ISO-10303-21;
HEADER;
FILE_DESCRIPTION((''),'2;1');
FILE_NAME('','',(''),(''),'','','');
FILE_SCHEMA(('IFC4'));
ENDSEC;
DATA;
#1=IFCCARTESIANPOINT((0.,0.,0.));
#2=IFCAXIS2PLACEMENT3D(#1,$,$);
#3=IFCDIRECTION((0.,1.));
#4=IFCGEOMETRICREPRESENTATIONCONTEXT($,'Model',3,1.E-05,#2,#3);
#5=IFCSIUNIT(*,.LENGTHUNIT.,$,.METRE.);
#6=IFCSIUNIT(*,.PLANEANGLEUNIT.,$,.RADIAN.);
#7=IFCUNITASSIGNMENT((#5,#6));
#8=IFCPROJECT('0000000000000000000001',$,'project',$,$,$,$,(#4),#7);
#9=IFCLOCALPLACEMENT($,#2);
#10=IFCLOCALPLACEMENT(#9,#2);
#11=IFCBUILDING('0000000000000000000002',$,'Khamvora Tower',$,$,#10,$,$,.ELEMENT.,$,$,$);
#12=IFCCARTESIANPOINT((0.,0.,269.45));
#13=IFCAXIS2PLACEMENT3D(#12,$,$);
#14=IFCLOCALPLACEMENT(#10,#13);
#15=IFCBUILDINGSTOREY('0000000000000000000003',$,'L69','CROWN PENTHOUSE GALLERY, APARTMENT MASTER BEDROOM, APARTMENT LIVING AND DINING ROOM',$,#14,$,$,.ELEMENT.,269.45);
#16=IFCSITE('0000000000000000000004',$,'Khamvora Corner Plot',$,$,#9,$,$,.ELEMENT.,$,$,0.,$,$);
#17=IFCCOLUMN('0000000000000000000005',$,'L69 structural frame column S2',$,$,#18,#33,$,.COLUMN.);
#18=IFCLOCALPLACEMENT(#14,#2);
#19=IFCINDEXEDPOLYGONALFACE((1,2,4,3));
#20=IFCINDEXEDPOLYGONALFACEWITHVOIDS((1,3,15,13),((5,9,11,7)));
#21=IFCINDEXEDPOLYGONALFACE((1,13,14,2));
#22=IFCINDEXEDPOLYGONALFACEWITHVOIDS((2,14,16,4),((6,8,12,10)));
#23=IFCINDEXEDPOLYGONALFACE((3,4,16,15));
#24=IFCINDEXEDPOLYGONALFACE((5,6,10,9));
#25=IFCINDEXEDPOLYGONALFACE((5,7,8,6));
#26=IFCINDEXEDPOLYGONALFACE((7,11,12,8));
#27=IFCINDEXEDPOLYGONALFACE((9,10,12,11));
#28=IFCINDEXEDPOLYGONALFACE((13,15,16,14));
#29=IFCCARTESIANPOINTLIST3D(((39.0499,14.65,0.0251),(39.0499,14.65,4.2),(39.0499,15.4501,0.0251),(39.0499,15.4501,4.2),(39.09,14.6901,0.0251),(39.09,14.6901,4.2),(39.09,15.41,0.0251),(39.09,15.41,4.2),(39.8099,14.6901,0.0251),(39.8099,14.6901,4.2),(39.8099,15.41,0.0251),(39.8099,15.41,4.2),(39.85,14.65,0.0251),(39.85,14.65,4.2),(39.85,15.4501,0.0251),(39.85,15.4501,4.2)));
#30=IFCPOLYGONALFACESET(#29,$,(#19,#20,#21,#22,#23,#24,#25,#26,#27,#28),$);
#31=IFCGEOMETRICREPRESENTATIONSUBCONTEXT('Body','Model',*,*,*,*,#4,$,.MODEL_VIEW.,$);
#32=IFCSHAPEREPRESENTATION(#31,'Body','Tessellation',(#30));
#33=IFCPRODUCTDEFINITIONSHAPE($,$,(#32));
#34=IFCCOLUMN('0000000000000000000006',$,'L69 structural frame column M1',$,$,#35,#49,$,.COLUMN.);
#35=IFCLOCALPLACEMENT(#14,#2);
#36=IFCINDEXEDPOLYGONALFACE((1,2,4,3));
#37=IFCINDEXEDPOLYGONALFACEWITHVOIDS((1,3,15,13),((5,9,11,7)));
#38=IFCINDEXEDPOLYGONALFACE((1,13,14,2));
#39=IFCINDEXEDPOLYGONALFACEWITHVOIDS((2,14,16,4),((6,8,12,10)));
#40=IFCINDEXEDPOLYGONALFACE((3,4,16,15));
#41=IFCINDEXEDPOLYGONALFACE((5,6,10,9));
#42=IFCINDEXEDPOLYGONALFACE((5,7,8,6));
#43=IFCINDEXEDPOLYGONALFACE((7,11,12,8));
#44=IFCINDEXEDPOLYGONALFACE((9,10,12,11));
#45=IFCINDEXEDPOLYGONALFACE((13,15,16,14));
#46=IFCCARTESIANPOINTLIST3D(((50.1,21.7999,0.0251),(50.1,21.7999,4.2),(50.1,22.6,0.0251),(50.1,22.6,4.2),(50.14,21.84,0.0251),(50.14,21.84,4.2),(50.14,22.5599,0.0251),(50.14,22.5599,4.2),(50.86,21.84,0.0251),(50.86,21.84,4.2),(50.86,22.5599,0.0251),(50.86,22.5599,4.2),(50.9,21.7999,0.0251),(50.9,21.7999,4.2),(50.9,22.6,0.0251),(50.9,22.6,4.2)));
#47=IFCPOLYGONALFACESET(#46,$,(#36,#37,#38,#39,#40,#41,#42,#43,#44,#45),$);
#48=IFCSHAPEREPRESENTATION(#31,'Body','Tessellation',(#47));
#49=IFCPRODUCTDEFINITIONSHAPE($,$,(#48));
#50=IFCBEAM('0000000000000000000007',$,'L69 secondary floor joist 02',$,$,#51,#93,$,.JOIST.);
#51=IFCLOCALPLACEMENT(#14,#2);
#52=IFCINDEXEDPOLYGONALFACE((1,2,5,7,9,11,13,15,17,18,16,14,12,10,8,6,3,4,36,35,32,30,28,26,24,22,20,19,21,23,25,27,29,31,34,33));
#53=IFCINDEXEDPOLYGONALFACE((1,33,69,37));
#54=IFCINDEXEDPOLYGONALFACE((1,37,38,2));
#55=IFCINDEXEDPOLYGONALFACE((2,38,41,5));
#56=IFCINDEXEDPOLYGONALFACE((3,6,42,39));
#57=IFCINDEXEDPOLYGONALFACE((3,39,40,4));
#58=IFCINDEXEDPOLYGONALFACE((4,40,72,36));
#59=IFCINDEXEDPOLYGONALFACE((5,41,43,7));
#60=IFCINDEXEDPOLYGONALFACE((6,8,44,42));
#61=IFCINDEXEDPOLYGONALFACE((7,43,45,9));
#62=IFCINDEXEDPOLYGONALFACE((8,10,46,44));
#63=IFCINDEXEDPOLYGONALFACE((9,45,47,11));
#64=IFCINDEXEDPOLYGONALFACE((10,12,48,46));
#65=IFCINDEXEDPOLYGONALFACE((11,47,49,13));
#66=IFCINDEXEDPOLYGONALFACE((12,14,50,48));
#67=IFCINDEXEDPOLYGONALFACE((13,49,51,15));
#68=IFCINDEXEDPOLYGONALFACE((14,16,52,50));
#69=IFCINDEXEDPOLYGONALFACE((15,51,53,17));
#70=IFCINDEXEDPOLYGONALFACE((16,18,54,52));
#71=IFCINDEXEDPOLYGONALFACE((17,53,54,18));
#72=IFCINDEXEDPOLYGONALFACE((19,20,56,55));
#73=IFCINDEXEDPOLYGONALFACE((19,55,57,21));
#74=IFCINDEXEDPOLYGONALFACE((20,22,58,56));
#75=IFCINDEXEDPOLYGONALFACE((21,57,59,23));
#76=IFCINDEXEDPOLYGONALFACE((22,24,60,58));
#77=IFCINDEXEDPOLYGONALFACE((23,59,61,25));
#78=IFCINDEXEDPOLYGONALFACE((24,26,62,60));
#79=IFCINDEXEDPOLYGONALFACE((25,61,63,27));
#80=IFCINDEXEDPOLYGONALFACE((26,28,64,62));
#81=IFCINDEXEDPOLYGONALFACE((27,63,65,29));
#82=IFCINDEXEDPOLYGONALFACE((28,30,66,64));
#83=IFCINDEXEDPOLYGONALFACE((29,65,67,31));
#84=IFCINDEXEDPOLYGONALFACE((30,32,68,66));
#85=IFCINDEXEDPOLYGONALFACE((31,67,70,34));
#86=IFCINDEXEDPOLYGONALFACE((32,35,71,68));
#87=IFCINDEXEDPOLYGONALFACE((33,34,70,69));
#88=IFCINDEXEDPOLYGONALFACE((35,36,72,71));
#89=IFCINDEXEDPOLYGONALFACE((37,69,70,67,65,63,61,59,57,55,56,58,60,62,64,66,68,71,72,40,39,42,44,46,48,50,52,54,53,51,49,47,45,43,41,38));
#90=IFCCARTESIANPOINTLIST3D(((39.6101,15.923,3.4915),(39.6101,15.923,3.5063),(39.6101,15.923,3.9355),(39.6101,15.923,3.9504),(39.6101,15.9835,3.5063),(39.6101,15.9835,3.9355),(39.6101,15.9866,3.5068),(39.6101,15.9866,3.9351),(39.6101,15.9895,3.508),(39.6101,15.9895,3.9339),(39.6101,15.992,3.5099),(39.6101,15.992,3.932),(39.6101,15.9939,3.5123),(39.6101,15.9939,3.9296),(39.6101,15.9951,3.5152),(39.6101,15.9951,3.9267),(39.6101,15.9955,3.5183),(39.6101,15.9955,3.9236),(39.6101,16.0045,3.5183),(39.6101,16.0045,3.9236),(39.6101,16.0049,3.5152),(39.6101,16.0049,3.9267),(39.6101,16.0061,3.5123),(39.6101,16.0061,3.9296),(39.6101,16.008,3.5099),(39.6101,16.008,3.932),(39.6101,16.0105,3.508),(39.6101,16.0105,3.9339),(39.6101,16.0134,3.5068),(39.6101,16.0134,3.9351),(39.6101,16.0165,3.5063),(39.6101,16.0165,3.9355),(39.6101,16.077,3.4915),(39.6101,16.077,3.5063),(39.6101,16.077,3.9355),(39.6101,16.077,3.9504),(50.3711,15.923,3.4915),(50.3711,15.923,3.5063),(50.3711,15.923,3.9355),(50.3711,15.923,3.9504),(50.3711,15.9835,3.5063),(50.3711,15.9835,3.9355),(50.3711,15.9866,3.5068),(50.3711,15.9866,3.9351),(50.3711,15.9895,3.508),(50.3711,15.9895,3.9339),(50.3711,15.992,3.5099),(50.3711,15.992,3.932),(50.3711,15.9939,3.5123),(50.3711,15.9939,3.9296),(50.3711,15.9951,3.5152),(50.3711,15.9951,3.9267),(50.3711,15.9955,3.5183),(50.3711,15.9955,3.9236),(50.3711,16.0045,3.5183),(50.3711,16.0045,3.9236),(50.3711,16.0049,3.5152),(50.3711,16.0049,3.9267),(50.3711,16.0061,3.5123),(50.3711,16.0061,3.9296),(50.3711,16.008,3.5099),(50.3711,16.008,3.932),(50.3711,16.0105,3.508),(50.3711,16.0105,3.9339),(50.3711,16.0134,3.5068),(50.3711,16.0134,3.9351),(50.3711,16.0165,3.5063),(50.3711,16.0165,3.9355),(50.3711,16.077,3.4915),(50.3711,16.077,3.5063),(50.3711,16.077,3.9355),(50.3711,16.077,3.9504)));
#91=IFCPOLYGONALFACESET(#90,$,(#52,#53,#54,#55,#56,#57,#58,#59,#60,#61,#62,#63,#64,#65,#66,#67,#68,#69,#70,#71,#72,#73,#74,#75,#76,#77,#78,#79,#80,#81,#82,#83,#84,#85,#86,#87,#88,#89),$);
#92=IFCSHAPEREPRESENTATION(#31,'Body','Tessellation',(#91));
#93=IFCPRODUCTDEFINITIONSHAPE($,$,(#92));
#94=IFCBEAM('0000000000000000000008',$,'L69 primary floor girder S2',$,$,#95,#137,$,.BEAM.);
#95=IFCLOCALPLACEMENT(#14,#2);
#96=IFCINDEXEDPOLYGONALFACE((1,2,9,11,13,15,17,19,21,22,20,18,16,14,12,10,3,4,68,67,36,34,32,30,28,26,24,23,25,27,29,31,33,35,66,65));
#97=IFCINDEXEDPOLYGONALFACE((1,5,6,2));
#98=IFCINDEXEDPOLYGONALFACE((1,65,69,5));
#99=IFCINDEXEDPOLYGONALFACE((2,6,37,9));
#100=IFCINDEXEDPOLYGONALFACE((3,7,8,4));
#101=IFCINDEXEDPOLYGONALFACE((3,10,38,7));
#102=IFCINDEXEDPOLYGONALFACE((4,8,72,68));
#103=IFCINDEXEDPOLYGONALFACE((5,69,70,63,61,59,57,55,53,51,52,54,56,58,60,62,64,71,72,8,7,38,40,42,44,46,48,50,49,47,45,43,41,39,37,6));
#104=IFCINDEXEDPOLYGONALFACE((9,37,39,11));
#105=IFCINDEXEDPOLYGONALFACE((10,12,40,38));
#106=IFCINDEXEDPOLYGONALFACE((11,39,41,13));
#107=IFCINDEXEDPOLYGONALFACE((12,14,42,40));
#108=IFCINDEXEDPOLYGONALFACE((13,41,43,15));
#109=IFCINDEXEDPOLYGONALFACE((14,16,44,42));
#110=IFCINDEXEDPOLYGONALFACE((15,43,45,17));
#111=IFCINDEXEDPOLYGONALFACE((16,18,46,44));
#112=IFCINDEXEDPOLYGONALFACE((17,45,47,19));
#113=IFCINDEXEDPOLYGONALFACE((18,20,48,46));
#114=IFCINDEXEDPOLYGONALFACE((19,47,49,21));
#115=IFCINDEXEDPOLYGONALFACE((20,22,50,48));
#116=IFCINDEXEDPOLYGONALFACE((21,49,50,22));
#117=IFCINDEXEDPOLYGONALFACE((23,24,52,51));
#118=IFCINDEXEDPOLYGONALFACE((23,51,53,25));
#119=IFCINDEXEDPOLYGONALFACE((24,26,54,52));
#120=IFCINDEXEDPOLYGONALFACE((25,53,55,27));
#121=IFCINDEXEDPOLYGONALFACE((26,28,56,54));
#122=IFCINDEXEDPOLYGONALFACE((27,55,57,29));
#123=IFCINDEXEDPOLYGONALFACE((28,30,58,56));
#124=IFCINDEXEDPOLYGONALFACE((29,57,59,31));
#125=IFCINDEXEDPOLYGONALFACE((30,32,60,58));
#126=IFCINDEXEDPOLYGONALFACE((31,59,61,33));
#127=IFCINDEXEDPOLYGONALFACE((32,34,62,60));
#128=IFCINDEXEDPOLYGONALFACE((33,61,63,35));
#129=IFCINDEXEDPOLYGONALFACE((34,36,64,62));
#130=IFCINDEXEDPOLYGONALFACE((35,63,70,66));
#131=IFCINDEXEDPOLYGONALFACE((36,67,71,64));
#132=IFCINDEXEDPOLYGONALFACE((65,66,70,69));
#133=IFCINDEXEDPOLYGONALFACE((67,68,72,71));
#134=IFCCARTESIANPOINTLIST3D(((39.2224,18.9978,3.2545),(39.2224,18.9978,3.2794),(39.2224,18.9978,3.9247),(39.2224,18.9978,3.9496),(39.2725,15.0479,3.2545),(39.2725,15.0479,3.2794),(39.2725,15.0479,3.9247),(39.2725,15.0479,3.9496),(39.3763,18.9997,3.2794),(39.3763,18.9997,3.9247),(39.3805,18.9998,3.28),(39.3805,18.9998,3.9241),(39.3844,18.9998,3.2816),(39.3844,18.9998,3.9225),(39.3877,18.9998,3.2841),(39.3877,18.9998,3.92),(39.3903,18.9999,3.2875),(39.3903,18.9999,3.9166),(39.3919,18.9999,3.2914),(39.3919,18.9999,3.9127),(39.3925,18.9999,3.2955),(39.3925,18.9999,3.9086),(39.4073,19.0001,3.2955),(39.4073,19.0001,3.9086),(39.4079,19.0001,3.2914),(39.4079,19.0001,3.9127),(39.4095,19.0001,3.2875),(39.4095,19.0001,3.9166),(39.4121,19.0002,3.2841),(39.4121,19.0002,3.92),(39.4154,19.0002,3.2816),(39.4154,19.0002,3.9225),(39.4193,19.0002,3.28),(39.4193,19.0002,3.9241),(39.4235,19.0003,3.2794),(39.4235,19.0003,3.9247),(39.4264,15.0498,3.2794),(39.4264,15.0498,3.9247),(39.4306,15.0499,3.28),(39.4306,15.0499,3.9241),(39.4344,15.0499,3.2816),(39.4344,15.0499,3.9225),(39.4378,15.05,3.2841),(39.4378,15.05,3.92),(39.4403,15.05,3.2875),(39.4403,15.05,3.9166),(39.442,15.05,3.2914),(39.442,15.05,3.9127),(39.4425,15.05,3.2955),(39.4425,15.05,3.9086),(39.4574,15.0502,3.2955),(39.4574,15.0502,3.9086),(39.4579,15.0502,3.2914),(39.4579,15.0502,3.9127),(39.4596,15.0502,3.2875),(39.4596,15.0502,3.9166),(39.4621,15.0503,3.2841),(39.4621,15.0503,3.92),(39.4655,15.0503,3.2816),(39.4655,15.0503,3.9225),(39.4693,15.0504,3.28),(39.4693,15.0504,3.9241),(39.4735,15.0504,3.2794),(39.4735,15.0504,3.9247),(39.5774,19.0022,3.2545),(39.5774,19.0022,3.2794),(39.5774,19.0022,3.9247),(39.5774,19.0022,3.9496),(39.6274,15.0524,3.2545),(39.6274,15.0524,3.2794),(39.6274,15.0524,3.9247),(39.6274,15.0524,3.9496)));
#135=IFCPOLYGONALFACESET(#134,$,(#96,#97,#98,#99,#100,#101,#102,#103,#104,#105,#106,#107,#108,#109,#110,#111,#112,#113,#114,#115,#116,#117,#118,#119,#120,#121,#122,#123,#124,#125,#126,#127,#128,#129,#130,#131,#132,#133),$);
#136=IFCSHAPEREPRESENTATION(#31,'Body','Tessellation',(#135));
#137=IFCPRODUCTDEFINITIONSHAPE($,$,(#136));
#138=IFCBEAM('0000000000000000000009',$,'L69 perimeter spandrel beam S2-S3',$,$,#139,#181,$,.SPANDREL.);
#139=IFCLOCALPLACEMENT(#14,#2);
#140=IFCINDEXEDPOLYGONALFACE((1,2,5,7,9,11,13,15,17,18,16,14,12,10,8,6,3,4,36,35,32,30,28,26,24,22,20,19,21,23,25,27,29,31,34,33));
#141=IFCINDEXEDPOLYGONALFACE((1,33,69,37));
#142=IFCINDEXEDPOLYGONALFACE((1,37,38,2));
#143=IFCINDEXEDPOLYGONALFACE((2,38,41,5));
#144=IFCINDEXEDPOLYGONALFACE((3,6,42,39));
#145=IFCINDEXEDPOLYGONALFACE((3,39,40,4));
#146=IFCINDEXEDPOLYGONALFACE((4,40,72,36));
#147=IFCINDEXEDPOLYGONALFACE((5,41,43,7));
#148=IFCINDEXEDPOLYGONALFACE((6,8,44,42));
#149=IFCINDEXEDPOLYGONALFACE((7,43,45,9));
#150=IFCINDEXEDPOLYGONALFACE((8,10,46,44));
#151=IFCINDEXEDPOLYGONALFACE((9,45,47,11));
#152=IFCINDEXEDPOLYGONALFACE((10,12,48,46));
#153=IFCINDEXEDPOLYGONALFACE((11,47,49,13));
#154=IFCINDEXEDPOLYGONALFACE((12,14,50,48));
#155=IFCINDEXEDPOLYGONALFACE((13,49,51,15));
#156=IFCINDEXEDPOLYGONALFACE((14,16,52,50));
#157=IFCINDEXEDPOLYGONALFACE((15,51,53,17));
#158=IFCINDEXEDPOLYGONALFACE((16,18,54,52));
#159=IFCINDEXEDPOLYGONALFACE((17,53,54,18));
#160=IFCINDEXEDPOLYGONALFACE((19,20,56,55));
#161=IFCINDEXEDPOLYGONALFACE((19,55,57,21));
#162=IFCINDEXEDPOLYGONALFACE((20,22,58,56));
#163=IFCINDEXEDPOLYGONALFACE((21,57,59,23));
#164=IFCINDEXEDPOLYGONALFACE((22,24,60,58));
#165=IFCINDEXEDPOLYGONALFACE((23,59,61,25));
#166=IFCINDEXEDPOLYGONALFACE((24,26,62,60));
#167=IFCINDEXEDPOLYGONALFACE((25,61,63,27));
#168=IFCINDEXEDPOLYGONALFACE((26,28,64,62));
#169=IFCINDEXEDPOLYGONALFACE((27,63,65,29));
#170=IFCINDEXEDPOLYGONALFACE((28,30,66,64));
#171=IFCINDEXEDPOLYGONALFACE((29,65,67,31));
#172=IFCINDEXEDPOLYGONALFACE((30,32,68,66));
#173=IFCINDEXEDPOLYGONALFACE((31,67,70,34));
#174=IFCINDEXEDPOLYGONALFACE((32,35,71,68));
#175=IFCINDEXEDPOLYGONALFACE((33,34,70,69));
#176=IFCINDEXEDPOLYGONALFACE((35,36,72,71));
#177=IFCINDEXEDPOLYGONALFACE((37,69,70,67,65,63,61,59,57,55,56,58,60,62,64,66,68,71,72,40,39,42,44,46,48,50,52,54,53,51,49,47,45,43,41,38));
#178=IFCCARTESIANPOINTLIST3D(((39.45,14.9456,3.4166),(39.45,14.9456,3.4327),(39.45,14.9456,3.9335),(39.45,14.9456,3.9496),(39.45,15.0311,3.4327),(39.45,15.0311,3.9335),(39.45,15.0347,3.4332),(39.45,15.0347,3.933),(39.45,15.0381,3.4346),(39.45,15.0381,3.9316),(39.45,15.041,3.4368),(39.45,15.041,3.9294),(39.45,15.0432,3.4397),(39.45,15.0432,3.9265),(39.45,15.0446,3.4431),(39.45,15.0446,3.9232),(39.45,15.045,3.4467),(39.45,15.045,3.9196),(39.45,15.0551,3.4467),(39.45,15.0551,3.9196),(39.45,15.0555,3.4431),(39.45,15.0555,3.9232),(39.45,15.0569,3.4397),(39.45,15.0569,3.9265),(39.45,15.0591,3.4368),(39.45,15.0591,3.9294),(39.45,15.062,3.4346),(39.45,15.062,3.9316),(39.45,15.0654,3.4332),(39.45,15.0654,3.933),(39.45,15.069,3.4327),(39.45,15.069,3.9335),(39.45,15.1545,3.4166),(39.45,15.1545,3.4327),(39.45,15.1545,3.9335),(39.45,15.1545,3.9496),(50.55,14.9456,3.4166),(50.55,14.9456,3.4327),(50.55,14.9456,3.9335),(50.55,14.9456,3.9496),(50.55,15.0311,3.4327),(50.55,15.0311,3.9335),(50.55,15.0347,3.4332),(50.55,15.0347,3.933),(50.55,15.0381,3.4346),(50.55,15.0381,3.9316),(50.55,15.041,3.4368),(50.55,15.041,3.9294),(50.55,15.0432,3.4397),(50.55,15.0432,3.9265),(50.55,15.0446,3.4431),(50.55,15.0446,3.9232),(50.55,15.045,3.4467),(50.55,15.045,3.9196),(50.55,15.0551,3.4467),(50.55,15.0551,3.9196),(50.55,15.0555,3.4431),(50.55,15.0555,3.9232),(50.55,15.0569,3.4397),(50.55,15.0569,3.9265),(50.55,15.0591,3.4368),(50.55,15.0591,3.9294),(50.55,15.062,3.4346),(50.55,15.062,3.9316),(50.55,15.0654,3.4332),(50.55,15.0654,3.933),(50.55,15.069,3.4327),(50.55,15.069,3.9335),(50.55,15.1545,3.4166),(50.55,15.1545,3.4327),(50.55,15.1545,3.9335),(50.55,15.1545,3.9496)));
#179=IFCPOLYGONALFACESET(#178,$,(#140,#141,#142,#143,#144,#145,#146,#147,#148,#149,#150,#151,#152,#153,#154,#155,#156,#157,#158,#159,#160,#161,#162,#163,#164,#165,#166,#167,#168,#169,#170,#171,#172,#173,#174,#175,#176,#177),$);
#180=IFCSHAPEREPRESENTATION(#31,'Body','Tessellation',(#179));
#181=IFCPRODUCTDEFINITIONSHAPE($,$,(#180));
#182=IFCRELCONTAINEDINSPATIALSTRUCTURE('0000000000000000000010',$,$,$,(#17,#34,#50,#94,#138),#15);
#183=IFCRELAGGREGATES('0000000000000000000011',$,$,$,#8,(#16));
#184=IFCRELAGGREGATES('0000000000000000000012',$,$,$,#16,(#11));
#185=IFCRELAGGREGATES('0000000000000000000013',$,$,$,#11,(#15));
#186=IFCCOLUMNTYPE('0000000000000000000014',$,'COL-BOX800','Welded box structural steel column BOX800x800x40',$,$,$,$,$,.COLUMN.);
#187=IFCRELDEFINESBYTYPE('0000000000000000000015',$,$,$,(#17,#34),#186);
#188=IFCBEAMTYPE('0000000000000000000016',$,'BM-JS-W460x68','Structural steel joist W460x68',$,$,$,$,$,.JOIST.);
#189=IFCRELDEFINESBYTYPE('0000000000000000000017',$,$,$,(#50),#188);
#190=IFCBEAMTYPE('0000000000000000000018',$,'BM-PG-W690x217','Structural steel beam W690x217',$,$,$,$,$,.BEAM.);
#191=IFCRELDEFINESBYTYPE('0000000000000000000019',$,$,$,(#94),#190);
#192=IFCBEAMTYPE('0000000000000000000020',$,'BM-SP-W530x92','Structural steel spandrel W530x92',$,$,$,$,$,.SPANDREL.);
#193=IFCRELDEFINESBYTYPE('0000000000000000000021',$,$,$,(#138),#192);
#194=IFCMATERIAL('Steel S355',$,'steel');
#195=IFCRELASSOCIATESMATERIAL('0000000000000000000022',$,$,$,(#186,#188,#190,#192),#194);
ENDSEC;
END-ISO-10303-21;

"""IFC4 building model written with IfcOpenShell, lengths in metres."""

from ifc_helpers import new_model, si_unit, direction, frame, origin, origin_2d, place, context, subcontext, project, spatial, hollow_rectangle, i_section, extrude, material, material_profile, profile_set, type_object, element, save


model = new_model("IFC4")

# Units and contexts
model_context = context("Model", 3, precision=1e-05, world=origin(), true_north=direction((0.0, 1.0)))
body_context = subcontext(model_context, "Body", "Model", "MODEL_VIEW")
ifc_project = project(units=[si_unit("LENGTHUNIT", "METRE"), si_unit("PLANEANGLEUNIT", "RADIAN")], contexts=[model_context])

# Site, building, storey
site_placement = place(None, origin())
site = spatial("IfcSite", under=ifc_project, at=site_placement, Name="Khamvora Corner Plot", CompositionType="ELEMENT", RefElevation=0.0)
building_placement = place(site_placement, origin())
building = spatial("IfcBuilding", under=site, at=building_placement, Name="Khamvora Tower", CompositionType="ELEMENT")
storey_placement = place(building_placement, frame((0.0, 0.0, 269.45)))
storey = spatial("IfcBuildingStorey", under=building, at=storey_placement, Name="L69", Description="CROWN PENTHOUSE GALLERY, APARTMENT MASTER BEDROOM, APARTMENT LIVING AND DINING ROOM", CompositionType="ELEMENT", Elevation=269.45)

# Columns
ifc_material_1 = material(Name="Steel S355", Category="steel")
ifc_material_profile_1 = material_profile(ifc_material_1, hollow_rectangle(XDim=0.8, YDim=0.8, WallThickness=0.04, at=origin_2d()), Name="BOX800x800x40")
ifc_profile_set_1 = profile_set([ifc_material_profile_1], Name="Steel S355")
column_type = type_object("IfcColumnType", Name="COL-BOX800", Description="Welded box structural steel column BOX800x800x40", PredefinedType="COLUMN", material=ifc_profile_set_1)
for number, where, z_axis, x_axis, name in (
    (1, (39.45, 15.05, 0.0251), (0.0, 0.0, 1.0), (1.0, 0.0, 0.0), "L69 structural frame column S2"),
    (2, (50.5, 22.2, 0.0251), (0.0, 0.0, 1.0), (1.0, 0.0, 0.0), "L69 structural frame column M1"),
):
    element("IfcColumn", number, at=place(storey_placement, frame(where, z_axis=z_axis, x_axis=x_axis)), inside=storey, type_object=column_type, Name=name, PredefinedType="COLUMN", context=body_context, shape_type="SweptSolid", body=[
        extrude(hollow_rectangle(XDim=0.8, YDim=0.8, WallThickness=0.04, at=origin_2d()), origin(), (0.0, 0.0, 1.0), 4.1748),
    ])

# Beams
ifc_material_profile_2 = material_profile(ifc_material_1, i_section(OverallWidth=0.1541, OverallDepth=0.459, WebThickness=0.009, FlangeThickness=0.0149, FilletRadius=0.012, at=origin_2d()), Name="W460x68")
ifc_profile_set_2 = profile_set([ifc_material_profile_2], Name="Steel S355")
beam_type_1 = type_object("IfcBeamType", Name="BM-JS-W460x68", Description="Structural steel joist W460x68", PredefinedType="JOIST", material=ifc_profile_set_2)
beam_1_placement = place(storey_placement, frame((39.6101, 16.0, 3.7209), z_axis=(1.0, 0.0, 0.0), x_axis=(0.0, 1.0, 0.0)))
element("IfcBeam", 3, at=beam_1_placement, inside=storey, type_object=beam_type_1, Name="L69 secondary floor joist 02", PredefinedType="JOIST", context=body_context, shape_type="SweptSolid", body=[
    extrude(i_section(OverallWidth=0.1541, OverallDepth=0.459, WebThickness=0.009, FlangeThickness=0.0149, FilletRadius=0.012, at=origin_2d()), origin(), (0.0, 0.0, 1.0), 10.761),
])
ifc_material_profile_3 = material_profile(ifc_material_1, i_section(OverallWidth=0.355, OverallDepth=0.6951, WebThickness=0.0149, FlangeThickness=0.0249, FilletRadius=0.0161, at=origin_2d()), Name="W690x217")
ifc_profile_set_3 = profile_set([ifc_material_profile_3], Name="Steel S355")
beam_type_2 = type_object("IfcBeamType", Name="BM-PG-W690x217", Description="Structural steel beam W690x217", PredefinedType="BEAM", material=ifc_profile_set_3)
beam_2_placement = place(storey_placement, frame((39.3999, 19.0, 3.6021), z_axis=(0.01267, -0.99992, 0.0), x_axis=(0.99992, 0.01267, 0.0)))
element("IfcBeam", 4, at=beam_2_placement, inside=storey, type_object=beam_type_2, Name="L69 primary floor girder S2", PredefinedType="BEAM", context=body_context, shape_type="SweptSolid", body=[
    extrude(i_section(OverallWidth=0.355, OverallDepth=0.6951, WebThickness=0.0149, FlangeThickness=0.0249, FilletRadius=0.0161, at=origin_2d()), origin(), (0.0, 0.0, 1.0), 3.9502),
])
ifc_material_profile_4 = material_profile(ifc_material_1, i_section(OverallWidth=0.209, OverallDepth=0.533, WebThickness=0.01, FlangeThickness=0.0161, FilletRadius=0.0139, at=origin_2d()), Name="W530x92")
ifc_profile_set_4 = profile_set([ifc_material_profile_4], Name="Steel S355")
beam_type_3 = type_object("IfcBeamType", Name="BM-SP-W530x92", Description="Structural steel spandrel W530x92", PredefinedType="SPANDREL", material=ifc_profile_set_4)
beam_3_placement = place(storey_placement, frame((39.45, 15.05, 3.6831), z_axis=(1.0, 0.0, 0.0), x_axis=(0.0, 1.0, 0.0)))
element("IfcBeam", 5, at=beam_3_placement, inside=storey, type_object=beam_type_3, Name="L69 perimeter spandrel beam S2-S3", PredefinedType="SPANDREL", context=body_context, shape_type="SweptSolid", body=[
    extrude(i_section(OverallWidth=0.209, OverallDepth=0.533, WebThickness=0.01, FlangeThickness=0.0161, FilletRadius=0.0139, at=origin_2d()), origin(), (0.0, 0.0, 1.0), 11.1001),
])

save(model, "model.ifc")
